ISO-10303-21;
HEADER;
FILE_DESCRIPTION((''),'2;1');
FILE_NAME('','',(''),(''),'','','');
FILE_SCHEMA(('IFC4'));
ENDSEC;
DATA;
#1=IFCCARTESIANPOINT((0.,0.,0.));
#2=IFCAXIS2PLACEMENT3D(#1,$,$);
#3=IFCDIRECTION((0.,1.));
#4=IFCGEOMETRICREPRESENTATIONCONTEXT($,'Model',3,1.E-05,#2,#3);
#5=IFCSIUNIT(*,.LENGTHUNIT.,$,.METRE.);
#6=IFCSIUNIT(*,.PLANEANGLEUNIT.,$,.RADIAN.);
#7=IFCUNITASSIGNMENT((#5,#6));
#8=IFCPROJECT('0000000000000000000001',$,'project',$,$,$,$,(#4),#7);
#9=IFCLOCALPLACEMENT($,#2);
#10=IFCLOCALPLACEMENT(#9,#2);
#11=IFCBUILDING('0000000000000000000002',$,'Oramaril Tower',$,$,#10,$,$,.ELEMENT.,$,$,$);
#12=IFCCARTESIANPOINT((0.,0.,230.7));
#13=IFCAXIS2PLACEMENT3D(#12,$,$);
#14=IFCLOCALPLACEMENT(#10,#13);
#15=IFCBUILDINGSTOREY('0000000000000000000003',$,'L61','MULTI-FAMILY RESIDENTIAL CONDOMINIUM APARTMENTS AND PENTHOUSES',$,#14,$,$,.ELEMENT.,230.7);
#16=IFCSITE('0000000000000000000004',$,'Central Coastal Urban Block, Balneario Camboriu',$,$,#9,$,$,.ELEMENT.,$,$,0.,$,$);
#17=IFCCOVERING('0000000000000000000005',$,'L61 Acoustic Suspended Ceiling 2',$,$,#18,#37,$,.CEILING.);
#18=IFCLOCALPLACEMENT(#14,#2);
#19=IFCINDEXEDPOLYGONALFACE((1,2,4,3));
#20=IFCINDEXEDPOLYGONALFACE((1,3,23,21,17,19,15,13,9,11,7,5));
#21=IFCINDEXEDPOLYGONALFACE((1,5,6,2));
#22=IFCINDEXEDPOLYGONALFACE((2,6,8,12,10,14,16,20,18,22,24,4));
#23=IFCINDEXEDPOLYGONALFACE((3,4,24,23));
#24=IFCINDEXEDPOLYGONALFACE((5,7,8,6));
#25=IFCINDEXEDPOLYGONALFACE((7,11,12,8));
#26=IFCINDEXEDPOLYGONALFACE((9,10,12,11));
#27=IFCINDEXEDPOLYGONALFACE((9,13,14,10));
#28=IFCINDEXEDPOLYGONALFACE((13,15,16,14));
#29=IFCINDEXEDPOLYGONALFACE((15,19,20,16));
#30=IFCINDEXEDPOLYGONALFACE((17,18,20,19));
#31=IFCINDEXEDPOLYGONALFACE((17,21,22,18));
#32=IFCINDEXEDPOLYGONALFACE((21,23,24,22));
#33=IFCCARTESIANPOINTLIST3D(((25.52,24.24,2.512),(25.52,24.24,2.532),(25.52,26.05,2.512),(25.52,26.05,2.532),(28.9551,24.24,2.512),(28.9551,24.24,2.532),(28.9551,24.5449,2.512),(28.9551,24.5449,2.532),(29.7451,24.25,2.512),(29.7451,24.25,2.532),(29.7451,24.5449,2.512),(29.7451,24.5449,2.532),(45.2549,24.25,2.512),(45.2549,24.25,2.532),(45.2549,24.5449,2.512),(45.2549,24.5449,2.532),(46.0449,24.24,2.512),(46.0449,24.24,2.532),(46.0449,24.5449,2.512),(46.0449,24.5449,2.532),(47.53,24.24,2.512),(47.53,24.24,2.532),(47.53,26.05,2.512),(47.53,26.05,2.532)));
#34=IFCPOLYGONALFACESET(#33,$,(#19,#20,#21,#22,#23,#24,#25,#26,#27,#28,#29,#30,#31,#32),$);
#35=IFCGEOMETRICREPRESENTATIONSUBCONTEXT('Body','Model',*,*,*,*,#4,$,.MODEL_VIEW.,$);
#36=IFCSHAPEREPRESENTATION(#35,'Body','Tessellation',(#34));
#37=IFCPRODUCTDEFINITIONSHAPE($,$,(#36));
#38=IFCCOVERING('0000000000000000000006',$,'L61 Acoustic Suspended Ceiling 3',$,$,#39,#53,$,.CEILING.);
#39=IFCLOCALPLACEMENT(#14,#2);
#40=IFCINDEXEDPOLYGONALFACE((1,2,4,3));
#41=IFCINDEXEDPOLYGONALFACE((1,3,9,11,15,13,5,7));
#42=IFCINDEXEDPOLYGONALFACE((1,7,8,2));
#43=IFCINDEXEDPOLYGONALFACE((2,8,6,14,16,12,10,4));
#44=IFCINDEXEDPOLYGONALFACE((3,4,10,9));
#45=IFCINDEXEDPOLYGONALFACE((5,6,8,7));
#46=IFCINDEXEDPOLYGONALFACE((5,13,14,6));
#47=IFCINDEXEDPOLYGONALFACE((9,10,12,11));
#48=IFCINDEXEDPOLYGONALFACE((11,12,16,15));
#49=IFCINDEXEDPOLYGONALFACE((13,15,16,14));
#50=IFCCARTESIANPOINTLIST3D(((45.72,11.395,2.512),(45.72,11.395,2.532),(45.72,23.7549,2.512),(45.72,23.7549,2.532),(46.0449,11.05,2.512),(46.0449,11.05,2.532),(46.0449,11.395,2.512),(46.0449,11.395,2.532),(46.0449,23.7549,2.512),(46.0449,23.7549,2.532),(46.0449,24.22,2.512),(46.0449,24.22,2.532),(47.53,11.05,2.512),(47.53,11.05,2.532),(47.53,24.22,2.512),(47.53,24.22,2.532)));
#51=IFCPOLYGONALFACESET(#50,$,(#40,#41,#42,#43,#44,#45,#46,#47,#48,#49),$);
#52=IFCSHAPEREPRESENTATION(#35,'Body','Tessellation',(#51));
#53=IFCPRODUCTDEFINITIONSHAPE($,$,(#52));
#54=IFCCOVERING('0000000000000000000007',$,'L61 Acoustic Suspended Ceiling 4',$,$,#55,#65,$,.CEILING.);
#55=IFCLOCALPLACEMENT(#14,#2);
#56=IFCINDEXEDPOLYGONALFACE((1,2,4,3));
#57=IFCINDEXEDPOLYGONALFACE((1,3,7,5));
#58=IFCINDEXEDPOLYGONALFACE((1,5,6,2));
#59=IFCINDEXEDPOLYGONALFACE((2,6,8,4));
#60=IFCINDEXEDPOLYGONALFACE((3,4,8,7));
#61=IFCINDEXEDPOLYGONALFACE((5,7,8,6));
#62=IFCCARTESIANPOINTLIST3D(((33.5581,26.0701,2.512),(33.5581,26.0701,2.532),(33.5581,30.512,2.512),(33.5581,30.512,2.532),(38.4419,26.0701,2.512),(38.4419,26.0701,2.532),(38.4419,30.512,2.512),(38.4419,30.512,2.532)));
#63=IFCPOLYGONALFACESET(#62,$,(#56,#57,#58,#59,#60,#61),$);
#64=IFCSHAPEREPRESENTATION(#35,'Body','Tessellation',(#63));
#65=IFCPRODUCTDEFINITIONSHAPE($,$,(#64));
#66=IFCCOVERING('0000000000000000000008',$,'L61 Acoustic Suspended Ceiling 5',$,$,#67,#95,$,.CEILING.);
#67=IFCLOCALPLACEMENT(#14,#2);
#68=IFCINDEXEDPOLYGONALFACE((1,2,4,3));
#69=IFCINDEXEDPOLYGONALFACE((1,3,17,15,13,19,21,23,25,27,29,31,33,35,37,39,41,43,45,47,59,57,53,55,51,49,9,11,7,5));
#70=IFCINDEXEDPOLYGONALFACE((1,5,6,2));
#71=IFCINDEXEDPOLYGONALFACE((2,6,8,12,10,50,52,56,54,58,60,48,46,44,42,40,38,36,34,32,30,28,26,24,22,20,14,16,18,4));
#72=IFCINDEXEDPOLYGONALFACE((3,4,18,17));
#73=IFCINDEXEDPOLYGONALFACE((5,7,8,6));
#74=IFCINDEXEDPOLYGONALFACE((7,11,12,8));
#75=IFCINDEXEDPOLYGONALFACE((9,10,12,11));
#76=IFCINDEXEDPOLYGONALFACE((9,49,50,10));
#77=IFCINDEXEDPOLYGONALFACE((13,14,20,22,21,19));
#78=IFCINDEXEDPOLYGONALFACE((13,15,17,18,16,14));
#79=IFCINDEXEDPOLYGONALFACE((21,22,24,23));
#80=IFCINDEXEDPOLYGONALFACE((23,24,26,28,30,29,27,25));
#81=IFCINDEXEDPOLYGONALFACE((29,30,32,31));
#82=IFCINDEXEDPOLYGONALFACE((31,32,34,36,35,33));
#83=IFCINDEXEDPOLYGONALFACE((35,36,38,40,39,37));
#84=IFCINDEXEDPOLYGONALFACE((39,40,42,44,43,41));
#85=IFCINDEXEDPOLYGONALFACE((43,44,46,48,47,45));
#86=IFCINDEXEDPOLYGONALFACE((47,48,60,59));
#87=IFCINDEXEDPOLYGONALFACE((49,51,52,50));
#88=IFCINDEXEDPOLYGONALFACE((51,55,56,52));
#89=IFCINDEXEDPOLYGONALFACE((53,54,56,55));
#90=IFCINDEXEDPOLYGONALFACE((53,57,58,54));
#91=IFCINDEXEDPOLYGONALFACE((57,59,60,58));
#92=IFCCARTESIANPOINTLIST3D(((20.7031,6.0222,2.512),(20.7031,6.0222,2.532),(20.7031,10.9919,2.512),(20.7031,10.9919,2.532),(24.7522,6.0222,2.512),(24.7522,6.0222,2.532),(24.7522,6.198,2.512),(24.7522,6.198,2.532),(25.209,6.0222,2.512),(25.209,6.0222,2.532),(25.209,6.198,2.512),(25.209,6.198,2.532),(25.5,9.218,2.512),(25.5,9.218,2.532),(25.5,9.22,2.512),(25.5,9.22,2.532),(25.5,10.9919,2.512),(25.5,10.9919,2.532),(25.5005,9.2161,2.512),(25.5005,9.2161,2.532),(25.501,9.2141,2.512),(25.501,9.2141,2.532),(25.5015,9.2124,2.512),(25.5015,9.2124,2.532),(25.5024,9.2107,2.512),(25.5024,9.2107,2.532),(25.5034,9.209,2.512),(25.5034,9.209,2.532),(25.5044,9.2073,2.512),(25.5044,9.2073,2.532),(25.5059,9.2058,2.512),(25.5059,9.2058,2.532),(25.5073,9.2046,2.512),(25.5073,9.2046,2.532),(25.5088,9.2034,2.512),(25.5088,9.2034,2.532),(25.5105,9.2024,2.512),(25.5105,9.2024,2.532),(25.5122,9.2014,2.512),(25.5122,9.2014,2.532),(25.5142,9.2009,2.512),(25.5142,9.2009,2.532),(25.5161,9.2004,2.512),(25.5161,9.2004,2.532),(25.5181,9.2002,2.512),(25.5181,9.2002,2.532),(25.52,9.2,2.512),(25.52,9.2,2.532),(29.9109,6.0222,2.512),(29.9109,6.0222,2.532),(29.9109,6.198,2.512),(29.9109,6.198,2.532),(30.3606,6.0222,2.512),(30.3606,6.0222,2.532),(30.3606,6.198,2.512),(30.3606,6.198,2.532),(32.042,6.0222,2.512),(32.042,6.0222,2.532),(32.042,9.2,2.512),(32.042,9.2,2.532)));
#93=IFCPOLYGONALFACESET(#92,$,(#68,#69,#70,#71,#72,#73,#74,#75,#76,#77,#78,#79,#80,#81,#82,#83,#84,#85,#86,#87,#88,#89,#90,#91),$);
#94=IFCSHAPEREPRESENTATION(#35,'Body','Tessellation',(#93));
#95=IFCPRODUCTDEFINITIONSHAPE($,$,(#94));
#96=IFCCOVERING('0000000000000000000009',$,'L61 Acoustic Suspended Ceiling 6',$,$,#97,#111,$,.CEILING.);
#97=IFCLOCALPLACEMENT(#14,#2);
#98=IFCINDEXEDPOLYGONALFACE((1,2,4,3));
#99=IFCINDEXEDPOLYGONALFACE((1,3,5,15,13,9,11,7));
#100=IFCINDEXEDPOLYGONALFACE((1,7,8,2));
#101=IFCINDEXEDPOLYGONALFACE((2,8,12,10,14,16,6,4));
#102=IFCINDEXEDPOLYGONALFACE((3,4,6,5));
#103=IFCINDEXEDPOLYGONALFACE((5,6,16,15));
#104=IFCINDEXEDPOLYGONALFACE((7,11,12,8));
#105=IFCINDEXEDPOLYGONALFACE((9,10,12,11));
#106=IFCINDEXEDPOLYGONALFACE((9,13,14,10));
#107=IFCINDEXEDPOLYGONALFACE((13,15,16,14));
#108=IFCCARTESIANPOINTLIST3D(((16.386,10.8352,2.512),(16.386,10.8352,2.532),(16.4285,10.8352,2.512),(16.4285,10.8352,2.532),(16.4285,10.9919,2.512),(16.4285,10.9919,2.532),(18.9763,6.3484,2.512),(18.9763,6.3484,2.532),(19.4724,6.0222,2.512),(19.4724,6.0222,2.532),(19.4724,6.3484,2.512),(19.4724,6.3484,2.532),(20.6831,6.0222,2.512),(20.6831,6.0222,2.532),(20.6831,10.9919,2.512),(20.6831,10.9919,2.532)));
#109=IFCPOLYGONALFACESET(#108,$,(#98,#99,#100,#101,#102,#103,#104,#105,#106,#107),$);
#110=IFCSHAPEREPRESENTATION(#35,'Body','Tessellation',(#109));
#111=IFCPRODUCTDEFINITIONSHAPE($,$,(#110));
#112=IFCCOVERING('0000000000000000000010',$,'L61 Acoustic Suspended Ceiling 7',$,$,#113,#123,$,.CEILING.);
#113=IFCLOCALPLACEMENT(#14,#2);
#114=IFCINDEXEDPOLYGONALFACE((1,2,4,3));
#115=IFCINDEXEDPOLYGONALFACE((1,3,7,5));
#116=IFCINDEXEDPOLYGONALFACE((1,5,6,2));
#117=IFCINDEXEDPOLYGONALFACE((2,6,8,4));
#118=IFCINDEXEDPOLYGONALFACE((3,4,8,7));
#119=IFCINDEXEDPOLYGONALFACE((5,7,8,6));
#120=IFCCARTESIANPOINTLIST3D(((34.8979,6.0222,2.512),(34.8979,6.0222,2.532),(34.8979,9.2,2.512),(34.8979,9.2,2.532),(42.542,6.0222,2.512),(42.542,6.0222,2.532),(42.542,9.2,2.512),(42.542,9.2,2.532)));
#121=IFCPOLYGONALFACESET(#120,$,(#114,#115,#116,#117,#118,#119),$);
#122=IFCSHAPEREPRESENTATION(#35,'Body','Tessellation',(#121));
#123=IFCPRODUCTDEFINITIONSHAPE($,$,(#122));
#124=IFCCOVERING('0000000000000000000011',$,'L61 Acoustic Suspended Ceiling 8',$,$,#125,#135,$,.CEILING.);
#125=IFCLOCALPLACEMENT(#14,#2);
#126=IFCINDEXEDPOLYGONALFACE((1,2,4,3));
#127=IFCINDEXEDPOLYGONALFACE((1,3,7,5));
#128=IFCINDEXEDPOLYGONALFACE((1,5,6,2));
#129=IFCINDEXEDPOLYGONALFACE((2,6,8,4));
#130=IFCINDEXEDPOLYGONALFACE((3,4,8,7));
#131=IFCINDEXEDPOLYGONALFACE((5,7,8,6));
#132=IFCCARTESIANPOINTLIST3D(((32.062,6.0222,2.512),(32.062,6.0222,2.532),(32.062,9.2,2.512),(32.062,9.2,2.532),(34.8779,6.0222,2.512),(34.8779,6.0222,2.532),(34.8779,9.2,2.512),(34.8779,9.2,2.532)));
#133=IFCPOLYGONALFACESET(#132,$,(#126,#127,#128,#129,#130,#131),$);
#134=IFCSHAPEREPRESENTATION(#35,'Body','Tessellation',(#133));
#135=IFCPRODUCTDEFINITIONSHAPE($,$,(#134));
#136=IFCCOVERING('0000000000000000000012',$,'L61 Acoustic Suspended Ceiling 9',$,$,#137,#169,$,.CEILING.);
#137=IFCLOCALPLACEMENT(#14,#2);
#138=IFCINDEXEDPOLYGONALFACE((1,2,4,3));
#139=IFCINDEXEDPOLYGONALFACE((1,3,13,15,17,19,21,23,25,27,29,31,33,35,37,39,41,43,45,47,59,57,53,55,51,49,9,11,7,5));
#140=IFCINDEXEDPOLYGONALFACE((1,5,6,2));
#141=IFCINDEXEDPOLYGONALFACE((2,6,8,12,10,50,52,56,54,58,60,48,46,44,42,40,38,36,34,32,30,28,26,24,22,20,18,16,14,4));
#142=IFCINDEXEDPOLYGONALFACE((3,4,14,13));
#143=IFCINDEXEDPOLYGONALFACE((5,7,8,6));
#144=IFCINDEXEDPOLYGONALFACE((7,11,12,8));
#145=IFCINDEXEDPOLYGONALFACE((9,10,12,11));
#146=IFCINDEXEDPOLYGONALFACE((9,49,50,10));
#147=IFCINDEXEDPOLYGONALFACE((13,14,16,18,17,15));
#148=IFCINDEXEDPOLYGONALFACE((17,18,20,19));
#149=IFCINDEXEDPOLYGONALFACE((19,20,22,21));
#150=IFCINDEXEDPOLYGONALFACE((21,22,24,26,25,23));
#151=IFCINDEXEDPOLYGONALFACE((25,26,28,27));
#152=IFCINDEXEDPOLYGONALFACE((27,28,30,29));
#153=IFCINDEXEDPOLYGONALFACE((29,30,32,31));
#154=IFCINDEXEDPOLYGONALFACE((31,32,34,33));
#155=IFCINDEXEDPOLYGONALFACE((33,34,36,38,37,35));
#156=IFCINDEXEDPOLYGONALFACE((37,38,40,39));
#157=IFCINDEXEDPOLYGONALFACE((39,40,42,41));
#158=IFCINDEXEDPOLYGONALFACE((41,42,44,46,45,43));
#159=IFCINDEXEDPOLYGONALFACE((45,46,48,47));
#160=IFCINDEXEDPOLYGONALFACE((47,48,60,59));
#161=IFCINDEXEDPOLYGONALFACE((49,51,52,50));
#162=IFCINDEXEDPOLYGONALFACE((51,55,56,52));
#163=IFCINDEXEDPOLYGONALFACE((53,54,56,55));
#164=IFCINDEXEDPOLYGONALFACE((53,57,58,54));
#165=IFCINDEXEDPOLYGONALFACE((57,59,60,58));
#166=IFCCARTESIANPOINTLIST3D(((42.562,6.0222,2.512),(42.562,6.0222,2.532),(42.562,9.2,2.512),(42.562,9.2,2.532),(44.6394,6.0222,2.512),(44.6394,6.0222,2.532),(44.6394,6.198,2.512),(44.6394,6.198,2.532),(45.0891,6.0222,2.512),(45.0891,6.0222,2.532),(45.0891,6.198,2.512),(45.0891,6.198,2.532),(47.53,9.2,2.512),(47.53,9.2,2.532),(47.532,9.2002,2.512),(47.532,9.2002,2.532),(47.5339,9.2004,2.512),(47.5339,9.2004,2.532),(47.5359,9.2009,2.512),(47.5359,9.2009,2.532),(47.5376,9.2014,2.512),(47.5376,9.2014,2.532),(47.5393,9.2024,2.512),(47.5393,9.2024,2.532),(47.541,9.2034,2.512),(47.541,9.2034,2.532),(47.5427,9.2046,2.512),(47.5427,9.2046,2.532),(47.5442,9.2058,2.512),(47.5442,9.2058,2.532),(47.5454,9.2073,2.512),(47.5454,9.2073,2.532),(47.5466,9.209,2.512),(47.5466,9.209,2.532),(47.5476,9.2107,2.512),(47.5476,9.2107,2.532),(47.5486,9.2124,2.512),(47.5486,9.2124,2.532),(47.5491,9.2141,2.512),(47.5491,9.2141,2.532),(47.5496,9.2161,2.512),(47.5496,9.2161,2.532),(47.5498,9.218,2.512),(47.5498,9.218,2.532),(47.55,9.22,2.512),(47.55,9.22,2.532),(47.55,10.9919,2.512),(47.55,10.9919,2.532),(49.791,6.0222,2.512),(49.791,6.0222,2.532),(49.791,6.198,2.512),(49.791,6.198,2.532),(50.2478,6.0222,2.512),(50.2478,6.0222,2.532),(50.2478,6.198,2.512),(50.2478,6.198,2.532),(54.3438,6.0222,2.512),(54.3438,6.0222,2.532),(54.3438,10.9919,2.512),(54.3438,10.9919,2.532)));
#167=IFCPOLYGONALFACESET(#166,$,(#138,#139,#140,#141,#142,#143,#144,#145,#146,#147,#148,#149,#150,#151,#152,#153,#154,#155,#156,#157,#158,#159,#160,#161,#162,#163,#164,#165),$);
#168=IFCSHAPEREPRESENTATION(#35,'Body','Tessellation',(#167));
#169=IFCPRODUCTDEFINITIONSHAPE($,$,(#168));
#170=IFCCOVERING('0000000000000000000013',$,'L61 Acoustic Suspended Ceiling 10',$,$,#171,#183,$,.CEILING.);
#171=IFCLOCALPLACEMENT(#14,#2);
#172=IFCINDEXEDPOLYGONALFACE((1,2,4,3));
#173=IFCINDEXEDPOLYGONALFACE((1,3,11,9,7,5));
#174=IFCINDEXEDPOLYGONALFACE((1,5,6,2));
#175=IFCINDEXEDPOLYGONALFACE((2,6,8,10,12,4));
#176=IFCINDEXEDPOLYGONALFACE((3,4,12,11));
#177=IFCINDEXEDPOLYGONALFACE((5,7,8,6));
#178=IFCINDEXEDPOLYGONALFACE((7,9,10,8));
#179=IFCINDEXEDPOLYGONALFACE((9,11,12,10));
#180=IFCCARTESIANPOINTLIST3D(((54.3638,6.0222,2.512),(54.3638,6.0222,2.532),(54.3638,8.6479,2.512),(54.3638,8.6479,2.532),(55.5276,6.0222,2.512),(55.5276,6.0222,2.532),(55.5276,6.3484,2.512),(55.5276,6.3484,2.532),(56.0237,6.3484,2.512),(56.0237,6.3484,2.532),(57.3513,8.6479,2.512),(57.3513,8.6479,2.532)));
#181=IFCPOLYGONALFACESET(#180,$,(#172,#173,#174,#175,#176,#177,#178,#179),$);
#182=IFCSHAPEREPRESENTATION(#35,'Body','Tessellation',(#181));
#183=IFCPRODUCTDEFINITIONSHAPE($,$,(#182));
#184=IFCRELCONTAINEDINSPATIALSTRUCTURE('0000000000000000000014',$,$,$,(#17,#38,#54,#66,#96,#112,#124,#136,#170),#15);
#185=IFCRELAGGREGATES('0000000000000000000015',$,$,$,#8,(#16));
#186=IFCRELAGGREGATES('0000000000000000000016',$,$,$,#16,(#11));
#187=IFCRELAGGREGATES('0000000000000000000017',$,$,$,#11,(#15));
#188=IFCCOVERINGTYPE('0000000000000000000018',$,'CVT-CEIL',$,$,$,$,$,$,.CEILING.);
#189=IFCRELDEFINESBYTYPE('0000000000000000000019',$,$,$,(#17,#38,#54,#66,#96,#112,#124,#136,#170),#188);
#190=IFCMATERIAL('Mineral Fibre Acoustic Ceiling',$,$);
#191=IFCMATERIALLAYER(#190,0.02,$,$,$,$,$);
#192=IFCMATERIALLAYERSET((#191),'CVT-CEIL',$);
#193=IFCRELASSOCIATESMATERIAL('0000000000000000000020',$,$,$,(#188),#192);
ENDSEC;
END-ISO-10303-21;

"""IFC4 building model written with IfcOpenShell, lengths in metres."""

from ifc_helpers import new_model, si_unit, direction, frame, origin, place, context, subcontext, project, spatial, polyline, outline, extrude, material, layer, layer_set, type_object, element, save


model = new_model("IFC4")

# Units and contexts
model_context = context("Model", 3, precision=1e-05, world=origin(), true_north=direction((0.0, 1.0)))
body_context = subcontext(model_context, "Body", "Model", "MODEL_VIEW")
ifc_project = project(units=[si_unit("LENGTHUNIT", "METRE"), si_unit("PLANEANGLEUNIT", "RADIAN")], contexts=[model_context])

# Site, building, storey
site_placement = place(None, origin())
site = spatial("IfcSite", under=ifc_project, at=site_placement, Name="Central Coastal Urban Block, Balneario Camboriu", CompositionType="ELEMENT", RefElevation=0.0)
building_placement = place(site_placement, origin())
building = spatial("IfcBuilding", under=site, at=building_placement, Name="Oramaril Tower", CompositionType="ELEMENT")
storey_placement = place(building_placement, frame((0.0, 0.0, 230.7)))
storey = spatial("IfcBuildingStorey", under=building, at=storey_placement, Name="L61", Description="MULTI-FAMILY RESIDENTIAL CONDOMINIUM APARTMENTS AND PENTHOUSES", CompositionType="ELEMENT", Elevation=230.7)

# Coverings
ifc_material_1 = material(Name="Mineral Fibre Acoustic Ceiling")
ifc_layer_1 = layer(ifc_material_1, 0.02)
ifc_layer_set_1 = layer_set([ifc_layer_1], Name="CVT-CEIL")
covering_type_1 = type_object("IfcCoveringType", Name="CVT-CEIL", PredefinedType="CEILING", material=ifc_layer_set_1)
covering_1_placement = place(storey_placement, frame((0.0, 0.0, 2.512)))
element("IfcCovering", 1, at=covering_1_placement, inside=storey, type_object=covering_type_1, Name="L61 Acoustic Suspended Ceiling 2", PredefinedType="CEILING", context=body_context, shape_type="SweptSolid", body=[
    extrude(outline(polyline([(47.53, 24.24), (46.0449, 24.24), (46.0449, 24.5449), (45.2549, 24.5449), (45.2549, 24.25), (29.7451, 24.25), (29.7451, 24.5449), (28.9551, 24.5449), (28.9551, 24.24), (25.52, 24.24), (25.52, 26.05), (47.53, 26.05), (47.53, 24.24)])), origin(), (0.0, 0.0, 1.0), 0.02),
])
covering_2_placement = place(storey_placement, frame((0.0, 0.0, 2.512)))
element("IfcCovering", 2, at=covering_2_placement, inside=storey, type_object=covering_type_1, Name="L61 Acoustic Suspended Ceiling 3", PredefinedType="CEILING", context=body_context, shape_type="SweptSolid", body=[
    extrude(outline(polyline([(47.53, 11.05), (46.0449, 11.05), (46.0449, 11.395), (45.72, 11.395), (45.72, 23.7549), (46.0449, 23.7549), (46.0449, 24.22), (47.53, 24.22), (47.53, 11.05)])), origin(), (0.0, 0.0, 1.0), 0.02),
])
covering_3_placement = place(storey_placement, frame((0.0, 0.0, 2.512)))
element("IfcCovering", 3, at=covering_3_placement, inside=storey, type_object=covering_type_1, Name="L61 Acoustic Suspended Ceiling 4", PredefinedType="CEILING", context=body_context, shape_type="SweptSolid", body=[
    extrude(outline(polyline([(38.4419, 30.512), (38.4419, 26.0701), (33.5581, 26.0701), (33.5581, 30.512), (38.4419, 30.512)])), origin(), (0.0, 0.0, 1.0), 0.02),
])
covering_4_placement = place(storey_placement, frame((0.0, 0.0, 2.512)))
element("IfcCovering", 4, at=covering_4_placement, inside=storey, type_object=covering_type_1, Name="L61 Acoustic Suspended Ceiling 5", PredefinedType="CEILING", context=body_context, shape_type="SweptSolid", body=[
    extrude(outline(polyline([(32.042, 6.0222), (30.3606, 6.0222), (30.3606, 6.198), (29.9109, 6.198), (29.9109, 6.0222), (25.209, 6.0222), (25.209, 6.198), (24.7522, 6.198), (24.7522, 6.0222), (20.7031, 6.0222), (20.7031, 10.9919), (25.5, 10.9919), (25.5, 9.22), (25.5, 9.218), (25.5005, 9.2161), (25.501, 9.2141), (25.5015, 9.2124), (25.5024, 9.2107), (25.5034, 9.209), (25.5044, 9.2073), (25.5059, 9.2058), (25.5073, 9.2046), (25.5088, 9.2034), (25.5105, 9.2024), (25.5122, 9.2014), (25.5142, 9.2009), (25.5161, 9.2004), (25.5181, 9.2002), (25.52, 9.2), (32.042, 9.2), (32.042, 6.0222)])), origin(), (0.0, 0.0, 1.0), 0.02),
])
covering_5_placement = place(storey_placement, frame((0.0, 0.0, 2.512)))
element("IfcCovering", 5, at=covering_5_placement, inside=storey, type_object=covering_type_1, Name="L61 Acoustic Suspended Ceiling 6", PredefinedType="CEILING", context=body_context, shape_type="SweptSolid", body=[
    extrude(outline(polyline([(19.4724, 6.0222), (19.4724, 6.3484), (18.9763, 6.3484), (16.386, 10.8352), (16.4285, 10.8352), (16.4285, 10.9919), (20.6831, 10.9919), (20.6831, 6.0222), (19.4724, 6.0222)])), origin(), (0.0, 0.0, 1.0), 0.02),
])
covering_6_placement = place(storey_placement, frame((0.0, 0.0, 2.512)))
element("IfcCovering", 6, at=covering_6_placement, inside=storey, type_object=covering_type_1, Name="L61 Acoustic Suspended Ceiling 7", PredefinedType="CEILING", context=body_context, shape_type="SweptSolid", body=[
    extrude(outline(polyline([(34.8979, 6.0222), (34.8979, 9.2), (42.542, 9.2), (42.542, 6.0222), (34.8979, 6.0222)])), origin(), (0.0, 0.0, 1.0), 0.02),
])
covering_7_placement = place(storey_placement, frame((0.0, 0.0, 2.512)))
element("IfcCovering", 7, at=covering_7_placement, inside=storey, type_object=covering_type_1, Name="L61 Acoustic Suspended Ceiling 8", PredefinedType="CEILING", context=body_context, shape_type="SweptSolid", body=[
    extrude(outline(polyline([(32.062, 6.0222), (32.062, 9.2), (34.8779, 9.2), (34.8779, 6.0222), (32.062, 6.0222)])), origin(), (0.0, 0.0, 1.0), 0.02),
])
covering_8_placement = place(storey_placement, frame((0.0, 0.0, 2.512)))
element("IfcCovering", 8, at=covering_8_placement, inside=storey, type_object=covering_type_1, Name="L61 Acoustic Suspended Ceiling 9", PredefinedType="CEILING", context=body_context, shape_type="SweptSolid", body=[
    extrude(outline(polyline([(54.3438, 10.9919), (54.3438, 6.0222), (50.2478, 6.0222), (50.2478, 6.198), (49.791, 6.198), (49.791, 6.0222), (45.0891, 6.0222), (45.0891, 6.198), (44.6394, 6.198), (44.6394, 6.0222), (42.562, 6.0222), (42.562, 9.2), (47.53, 9.2), (47.532, 9.2002), (47.5339, 9.2004), (47.5359, 9.2009), (47.5376, 9.2014), (47.5393, 9.2024), (47.541, 9.2034), (47.5427, 9.2046), (47.5442, 9.2058), (47.5454, 9.2073), (47.5466, 9.209), (47.5476, 9.2107), (47.5486, 9.2124), (47.5491, 9.2141), (47.5496, 9.2161), (47.5498, 9.218), (47.55, 9.22), (47.55, 10.9919), (54.3438, 10.9919)])), origin(), (0.0, 0.0, 1.0), 0.02),
])
covering_9_placement = place(storey_placement, frame((0.0, 0.0, 2.512)))
element("IfcCovering", 9, at=covering_9_placement, inside=storey, type_object=covering_type_1, Name="L61 Acoustic Suspended Ceiling 10", PredefinedType="CEILING", context=body_context, shape_type="SweptSolid", body=[
    extrude(outline(polyline([(56.0237, 6.3484), (55.5276, 6.3484), (55.5276, 6.0222), (54.3638, 6.0222), (54.3638, 8.6479), (57.3513, 8.6479), (56.0237, 6.3484)])), origin(), (0.0, 0.0, 1.0), 0.02),
])

save(model, "model.ifc")
